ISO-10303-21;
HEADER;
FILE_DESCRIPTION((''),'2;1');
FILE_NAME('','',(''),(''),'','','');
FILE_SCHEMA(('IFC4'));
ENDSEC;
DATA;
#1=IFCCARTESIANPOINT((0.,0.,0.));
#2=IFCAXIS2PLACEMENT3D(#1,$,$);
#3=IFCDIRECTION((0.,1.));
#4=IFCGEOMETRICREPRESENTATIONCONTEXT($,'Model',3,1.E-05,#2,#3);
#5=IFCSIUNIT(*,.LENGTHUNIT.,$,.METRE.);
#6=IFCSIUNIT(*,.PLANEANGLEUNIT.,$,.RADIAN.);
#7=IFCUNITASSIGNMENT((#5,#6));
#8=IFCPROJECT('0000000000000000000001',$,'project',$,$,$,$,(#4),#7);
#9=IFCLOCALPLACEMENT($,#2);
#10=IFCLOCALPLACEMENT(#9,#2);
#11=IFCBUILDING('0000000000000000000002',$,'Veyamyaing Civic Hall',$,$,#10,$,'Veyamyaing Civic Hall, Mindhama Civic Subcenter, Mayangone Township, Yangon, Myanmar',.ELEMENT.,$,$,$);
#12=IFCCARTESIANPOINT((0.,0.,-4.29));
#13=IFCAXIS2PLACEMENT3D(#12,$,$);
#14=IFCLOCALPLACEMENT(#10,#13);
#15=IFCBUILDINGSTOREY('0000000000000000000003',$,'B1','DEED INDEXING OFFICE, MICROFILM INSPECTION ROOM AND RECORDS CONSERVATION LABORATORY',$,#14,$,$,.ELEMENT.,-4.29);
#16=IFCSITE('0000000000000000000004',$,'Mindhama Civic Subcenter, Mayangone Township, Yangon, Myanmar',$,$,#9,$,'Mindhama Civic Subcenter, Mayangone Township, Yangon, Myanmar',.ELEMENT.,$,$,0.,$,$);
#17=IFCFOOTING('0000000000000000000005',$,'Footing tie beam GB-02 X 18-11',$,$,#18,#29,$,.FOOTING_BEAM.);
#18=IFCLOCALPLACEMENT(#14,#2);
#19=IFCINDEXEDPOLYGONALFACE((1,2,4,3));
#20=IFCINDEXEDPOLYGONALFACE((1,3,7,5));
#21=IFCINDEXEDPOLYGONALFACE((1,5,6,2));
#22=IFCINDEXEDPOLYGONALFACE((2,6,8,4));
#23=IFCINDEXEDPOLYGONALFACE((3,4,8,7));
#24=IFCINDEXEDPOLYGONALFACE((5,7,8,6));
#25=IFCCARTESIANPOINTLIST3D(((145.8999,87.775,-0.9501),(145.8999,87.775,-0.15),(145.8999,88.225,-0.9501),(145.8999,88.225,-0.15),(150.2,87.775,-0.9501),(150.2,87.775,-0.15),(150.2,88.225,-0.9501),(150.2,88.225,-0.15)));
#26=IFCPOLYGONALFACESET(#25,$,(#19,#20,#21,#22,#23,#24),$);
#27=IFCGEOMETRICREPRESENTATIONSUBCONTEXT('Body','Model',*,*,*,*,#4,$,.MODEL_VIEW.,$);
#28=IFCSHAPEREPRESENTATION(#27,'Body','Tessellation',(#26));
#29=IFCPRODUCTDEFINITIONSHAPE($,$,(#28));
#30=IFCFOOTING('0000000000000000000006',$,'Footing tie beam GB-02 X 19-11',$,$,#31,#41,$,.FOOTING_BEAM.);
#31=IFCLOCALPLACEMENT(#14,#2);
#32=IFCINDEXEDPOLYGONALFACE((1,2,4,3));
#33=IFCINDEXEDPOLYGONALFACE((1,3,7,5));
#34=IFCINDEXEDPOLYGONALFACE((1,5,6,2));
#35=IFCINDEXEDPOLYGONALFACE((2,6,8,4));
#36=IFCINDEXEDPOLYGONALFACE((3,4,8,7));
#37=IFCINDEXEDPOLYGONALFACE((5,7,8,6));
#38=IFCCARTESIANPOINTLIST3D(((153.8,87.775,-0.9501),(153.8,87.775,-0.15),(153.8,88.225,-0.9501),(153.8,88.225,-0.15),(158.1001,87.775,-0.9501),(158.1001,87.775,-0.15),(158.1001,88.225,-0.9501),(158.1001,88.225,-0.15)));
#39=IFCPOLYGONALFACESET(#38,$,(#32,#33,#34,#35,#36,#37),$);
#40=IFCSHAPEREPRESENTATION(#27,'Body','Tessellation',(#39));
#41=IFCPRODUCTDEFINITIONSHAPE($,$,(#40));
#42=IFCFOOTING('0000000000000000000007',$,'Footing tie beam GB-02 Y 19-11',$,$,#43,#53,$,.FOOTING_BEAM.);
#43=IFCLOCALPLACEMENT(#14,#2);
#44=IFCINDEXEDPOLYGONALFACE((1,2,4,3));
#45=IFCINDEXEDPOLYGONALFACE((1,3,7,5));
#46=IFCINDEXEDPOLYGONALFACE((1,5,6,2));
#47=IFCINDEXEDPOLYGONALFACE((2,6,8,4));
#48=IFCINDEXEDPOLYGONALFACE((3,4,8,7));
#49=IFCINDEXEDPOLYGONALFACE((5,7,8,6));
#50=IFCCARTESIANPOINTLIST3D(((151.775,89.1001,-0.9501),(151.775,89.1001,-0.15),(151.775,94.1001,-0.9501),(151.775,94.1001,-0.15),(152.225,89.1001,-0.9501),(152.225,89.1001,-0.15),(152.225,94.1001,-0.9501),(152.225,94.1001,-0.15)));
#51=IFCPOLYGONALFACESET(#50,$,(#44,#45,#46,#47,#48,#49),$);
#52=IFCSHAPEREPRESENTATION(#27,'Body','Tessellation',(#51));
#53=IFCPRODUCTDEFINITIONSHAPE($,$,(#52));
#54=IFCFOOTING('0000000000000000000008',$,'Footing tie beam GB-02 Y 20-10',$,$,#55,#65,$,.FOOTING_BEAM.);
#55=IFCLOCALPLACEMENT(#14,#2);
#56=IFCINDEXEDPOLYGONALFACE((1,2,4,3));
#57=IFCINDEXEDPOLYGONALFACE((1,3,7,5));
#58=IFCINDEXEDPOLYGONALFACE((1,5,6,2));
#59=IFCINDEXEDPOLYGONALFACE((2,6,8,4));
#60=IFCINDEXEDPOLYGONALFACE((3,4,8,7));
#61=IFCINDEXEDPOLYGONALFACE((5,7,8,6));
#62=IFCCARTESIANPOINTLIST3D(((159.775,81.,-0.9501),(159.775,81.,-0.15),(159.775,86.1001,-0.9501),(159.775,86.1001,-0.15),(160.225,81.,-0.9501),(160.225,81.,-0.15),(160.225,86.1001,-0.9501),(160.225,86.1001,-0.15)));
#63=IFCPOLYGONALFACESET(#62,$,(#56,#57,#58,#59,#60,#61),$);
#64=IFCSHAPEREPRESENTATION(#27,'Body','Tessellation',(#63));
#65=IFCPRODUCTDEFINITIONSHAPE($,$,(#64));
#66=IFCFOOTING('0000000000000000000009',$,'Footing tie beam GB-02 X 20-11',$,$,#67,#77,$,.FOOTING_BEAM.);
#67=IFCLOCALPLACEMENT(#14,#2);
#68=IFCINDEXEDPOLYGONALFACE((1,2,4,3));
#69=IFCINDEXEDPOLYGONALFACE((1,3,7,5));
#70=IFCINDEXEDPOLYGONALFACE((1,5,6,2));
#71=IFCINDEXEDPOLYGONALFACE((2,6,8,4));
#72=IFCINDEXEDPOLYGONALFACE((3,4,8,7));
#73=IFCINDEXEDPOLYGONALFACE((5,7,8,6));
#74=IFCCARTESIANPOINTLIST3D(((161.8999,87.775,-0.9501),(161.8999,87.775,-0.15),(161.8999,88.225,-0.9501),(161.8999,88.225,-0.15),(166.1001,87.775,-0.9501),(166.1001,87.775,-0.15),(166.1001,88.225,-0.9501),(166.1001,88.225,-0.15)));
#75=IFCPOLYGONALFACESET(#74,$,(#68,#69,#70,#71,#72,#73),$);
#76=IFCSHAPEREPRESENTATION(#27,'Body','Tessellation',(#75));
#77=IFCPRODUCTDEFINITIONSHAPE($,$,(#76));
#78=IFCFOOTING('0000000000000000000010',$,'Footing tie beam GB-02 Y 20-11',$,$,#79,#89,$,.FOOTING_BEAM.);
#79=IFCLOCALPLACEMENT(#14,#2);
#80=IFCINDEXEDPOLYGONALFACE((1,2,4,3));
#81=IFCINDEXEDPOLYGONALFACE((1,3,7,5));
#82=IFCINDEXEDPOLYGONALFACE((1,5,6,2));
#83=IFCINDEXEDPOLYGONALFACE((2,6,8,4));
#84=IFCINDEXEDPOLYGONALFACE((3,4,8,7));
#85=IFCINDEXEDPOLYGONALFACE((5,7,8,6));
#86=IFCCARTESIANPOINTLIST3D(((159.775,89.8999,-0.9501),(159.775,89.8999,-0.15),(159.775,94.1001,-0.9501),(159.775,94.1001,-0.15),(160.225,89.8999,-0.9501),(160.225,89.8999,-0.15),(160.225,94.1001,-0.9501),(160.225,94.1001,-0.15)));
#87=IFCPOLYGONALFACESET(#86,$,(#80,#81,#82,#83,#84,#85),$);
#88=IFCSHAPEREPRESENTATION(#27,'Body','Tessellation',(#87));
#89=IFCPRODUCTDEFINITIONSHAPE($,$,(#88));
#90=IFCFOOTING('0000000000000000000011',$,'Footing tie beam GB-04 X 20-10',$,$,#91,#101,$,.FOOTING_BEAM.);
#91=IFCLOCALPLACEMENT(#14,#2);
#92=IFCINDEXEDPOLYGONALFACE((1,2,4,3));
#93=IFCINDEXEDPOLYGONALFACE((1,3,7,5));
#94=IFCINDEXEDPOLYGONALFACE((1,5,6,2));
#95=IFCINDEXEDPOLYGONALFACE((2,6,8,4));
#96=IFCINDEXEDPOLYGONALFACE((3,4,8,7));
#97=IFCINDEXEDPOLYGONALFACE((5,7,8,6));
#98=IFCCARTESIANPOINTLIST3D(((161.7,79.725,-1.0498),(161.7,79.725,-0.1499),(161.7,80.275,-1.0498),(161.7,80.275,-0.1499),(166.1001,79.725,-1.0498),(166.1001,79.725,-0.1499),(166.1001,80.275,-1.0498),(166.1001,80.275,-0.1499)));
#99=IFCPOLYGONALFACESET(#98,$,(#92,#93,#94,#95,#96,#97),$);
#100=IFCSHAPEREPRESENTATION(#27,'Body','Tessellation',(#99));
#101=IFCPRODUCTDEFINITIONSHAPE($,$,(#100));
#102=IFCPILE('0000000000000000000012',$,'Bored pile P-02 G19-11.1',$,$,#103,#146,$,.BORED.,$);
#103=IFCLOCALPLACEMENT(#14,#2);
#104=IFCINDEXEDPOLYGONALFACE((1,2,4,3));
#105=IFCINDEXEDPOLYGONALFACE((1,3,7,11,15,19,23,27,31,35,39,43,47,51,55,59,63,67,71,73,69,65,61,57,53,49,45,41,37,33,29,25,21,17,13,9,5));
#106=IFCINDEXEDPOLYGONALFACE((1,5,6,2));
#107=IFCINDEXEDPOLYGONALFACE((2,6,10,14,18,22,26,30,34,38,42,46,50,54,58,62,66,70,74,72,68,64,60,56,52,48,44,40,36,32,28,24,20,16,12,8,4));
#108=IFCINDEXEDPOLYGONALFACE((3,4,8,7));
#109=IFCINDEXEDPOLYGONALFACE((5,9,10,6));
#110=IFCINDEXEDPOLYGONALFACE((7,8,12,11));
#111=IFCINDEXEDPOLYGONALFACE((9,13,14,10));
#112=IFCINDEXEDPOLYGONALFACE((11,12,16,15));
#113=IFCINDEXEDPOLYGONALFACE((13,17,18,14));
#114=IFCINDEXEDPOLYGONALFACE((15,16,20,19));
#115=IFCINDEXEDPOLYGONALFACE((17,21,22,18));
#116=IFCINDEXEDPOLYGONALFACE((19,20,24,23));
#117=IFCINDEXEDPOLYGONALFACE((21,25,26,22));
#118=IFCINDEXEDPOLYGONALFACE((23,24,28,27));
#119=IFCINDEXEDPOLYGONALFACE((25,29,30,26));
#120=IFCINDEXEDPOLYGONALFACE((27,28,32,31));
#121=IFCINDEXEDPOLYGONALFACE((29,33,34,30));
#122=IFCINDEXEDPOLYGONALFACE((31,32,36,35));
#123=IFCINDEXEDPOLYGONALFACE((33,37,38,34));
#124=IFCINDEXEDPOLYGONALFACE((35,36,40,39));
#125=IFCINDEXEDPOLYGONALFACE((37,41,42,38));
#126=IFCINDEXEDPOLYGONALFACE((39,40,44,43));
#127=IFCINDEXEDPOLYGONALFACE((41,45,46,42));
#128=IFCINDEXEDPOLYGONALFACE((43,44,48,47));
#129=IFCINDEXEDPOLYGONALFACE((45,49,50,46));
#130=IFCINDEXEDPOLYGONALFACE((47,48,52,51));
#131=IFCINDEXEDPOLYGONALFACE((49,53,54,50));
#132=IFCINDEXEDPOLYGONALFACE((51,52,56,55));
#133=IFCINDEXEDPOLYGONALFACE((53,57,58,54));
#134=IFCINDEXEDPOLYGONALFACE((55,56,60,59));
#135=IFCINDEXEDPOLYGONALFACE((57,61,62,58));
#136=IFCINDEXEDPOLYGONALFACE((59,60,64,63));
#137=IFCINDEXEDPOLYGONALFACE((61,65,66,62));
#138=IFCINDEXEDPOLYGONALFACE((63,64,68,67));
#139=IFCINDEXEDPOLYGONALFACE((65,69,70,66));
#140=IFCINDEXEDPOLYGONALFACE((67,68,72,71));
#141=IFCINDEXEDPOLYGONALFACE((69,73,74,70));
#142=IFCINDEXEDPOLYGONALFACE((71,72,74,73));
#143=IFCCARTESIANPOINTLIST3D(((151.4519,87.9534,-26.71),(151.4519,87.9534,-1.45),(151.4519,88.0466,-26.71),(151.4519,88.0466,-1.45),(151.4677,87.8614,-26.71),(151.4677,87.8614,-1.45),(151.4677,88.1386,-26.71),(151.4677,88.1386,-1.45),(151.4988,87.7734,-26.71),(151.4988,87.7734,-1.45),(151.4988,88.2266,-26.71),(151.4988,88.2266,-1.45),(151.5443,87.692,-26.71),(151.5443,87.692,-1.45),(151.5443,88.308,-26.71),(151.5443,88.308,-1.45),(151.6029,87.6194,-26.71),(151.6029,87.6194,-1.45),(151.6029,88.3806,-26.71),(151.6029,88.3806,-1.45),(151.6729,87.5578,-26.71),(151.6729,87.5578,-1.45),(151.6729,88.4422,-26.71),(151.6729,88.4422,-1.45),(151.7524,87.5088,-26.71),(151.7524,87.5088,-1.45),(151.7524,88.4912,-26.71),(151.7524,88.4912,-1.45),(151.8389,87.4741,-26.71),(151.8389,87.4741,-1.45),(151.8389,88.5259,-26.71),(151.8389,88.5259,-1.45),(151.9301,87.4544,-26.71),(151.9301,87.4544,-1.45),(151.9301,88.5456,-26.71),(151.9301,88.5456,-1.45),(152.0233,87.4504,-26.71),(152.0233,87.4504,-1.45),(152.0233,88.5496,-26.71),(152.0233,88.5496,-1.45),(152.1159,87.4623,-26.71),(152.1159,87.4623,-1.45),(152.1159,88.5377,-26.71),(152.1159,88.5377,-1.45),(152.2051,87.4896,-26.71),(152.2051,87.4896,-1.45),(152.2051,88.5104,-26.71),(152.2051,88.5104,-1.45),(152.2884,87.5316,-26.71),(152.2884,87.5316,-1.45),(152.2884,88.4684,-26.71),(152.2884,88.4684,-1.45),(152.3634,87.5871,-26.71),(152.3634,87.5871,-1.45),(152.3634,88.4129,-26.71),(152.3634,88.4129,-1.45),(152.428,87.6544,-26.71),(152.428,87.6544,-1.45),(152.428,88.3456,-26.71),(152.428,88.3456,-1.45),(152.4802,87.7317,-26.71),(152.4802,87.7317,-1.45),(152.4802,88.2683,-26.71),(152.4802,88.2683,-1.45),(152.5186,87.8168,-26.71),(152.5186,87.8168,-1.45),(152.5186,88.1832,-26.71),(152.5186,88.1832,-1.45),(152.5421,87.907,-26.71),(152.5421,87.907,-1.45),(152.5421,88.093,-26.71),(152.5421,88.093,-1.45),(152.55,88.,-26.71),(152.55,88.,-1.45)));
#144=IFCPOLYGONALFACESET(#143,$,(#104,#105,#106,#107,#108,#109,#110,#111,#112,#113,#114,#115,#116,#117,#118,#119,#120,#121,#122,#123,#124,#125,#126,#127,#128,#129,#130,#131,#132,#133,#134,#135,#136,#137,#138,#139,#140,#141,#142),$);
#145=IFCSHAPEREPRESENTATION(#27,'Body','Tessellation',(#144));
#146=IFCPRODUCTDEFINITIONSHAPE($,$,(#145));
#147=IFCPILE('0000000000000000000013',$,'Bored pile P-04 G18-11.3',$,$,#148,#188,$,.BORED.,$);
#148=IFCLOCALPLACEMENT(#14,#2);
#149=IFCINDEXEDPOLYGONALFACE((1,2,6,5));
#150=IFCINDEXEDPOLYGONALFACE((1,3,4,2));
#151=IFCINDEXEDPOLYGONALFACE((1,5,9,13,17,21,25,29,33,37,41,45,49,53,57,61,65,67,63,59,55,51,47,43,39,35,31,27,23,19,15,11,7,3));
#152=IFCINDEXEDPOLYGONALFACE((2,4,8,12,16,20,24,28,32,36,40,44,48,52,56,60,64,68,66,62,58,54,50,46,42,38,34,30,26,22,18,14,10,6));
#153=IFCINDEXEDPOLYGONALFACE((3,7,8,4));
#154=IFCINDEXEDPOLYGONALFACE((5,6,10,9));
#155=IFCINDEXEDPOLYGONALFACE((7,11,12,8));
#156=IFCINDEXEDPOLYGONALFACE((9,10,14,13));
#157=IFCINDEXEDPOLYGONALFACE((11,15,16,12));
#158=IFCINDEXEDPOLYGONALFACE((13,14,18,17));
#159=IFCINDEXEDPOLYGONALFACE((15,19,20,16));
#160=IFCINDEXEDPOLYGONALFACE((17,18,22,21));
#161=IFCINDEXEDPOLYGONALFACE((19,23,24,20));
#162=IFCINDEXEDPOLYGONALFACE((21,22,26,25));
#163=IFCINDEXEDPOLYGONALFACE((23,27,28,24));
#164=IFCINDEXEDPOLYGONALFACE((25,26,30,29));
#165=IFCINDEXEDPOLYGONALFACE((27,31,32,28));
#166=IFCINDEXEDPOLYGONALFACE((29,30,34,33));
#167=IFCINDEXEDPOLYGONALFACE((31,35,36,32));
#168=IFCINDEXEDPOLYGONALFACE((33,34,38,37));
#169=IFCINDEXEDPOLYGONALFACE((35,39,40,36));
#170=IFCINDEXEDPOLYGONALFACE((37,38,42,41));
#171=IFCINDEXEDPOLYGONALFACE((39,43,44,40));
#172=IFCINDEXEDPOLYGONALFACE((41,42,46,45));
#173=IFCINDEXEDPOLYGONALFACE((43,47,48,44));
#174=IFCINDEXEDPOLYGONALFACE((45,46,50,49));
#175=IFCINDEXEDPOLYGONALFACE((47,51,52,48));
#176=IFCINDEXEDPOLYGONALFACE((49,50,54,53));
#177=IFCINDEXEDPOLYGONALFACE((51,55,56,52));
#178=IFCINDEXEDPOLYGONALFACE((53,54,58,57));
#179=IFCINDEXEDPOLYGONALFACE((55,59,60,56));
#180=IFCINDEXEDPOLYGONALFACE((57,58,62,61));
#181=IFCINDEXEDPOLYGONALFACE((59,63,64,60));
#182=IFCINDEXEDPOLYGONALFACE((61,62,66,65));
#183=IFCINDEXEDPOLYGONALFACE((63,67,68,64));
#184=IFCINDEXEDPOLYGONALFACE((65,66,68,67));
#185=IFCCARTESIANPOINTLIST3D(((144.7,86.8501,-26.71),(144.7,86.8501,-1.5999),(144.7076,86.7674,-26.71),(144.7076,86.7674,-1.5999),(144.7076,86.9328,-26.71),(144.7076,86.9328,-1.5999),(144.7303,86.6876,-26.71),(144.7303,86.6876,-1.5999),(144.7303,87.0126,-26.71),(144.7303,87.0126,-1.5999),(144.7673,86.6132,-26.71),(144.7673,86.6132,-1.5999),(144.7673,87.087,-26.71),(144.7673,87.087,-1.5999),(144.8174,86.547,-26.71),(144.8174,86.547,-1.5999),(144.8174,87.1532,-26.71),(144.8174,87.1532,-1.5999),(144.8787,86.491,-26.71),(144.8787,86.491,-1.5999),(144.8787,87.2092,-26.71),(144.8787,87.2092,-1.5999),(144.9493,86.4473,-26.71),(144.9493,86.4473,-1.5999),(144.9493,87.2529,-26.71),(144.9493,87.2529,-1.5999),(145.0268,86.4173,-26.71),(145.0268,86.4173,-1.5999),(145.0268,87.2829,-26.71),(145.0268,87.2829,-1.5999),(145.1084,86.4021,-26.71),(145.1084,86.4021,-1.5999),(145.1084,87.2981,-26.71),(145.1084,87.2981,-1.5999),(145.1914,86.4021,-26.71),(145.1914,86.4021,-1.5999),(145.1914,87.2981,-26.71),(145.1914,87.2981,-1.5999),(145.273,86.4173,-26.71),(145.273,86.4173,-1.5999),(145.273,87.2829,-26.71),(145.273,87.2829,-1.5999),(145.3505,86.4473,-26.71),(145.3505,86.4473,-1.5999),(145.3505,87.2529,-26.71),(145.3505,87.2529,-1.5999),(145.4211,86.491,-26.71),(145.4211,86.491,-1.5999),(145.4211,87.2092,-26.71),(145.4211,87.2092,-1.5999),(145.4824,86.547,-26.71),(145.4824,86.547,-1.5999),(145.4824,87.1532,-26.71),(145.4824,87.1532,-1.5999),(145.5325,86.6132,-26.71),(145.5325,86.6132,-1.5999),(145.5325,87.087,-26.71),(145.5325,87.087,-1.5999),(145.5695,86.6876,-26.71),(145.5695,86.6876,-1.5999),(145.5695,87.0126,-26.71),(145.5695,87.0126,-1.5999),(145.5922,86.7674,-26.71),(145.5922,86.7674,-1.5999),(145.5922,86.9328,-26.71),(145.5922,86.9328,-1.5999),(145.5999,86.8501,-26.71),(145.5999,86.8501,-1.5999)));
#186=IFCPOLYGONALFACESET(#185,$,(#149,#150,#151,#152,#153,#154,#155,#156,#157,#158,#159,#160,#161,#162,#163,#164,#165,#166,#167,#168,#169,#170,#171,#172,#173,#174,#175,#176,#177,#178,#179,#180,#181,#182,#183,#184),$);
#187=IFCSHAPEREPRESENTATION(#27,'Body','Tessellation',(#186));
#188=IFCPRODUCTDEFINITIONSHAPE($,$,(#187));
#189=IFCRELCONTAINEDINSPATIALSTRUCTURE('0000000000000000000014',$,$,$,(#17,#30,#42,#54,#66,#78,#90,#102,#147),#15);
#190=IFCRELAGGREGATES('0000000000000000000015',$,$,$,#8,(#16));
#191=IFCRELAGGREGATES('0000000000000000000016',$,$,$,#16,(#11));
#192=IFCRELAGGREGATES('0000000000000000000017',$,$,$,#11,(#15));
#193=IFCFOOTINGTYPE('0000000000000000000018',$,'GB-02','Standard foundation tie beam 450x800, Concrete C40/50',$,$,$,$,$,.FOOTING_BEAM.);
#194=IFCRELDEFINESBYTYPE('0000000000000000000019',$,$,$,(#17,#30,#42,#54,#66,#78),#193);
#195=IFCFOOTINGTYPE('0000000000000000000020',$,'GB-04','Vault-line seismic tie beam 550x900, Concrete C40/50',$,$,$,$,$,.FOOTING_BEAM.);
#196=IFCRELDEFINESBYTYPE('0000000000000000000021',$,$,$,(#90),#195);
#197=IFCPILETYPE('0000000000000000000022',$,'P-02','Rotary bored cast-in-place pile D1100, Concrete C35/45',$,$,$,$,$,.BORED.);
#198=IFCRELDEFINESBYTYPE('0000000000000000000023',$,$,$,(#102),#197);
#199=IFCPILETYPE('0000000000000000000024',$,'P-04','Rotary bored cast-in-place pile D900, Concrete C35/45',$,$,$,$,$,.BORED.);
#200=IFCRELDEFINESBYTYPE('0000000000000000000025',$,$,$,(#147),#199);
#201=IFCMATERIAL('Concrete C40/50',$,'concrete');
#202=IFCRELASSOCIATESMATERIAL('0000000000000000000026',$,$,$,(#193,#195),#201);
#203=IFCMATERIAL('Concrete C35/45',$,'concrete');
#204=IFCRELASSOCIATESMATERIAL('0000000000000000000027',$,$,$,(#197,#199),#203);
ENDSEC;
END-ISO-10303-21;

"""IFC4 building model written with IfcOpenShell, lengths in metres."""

from ifc_helpers import new_model, si_unit, direction, frame, origin, origin_2d, place, context, subcontext, project, spatial, rectangle, circle, extrude, material, material_profile, profile_set, type_object, element, save


model = new_model("IFC4")

# Units and contexts
model_context = context("Model", 3, precision=1e-05, world=origin(), true_north=direction((0.0, 1.0)))
body_context = subcontext(model_context, "Body", "Model", "MODEL_VIEW")
ifc_project = project(units=[si_unit("LENGTHUNIT", "METRE"), si_unit("PLANEANGLEUNIT", "RADIAN")], contexts=[model_context])

# Site, building, storey
site_placement = place(None, origin())
site = spatial("IfcSite", under=ifc_project, at=site_placement, Name="Mindhama Civic Subcenter, Mayangone Township, Yangon, Myanmar", LongName="Mindhama Civic Subcenter, Mayangone Township, Yangon, Myanmar", CompositionType="ELEMENT", RefElevation=0.0)
building_placement = place(site_placement, origin())
building = spatial("IfcBuilding", under=site, at=building_placement, Name="Veyamyaing Civic Hall", LongName="Veyamyaing Civic Hall, Mindhama Civic Subcenter, Mayangone Township, Yangon, Myanmar", CompositionType="ELEMENT")
storey_placement = place(building_placement, frame((0.0, 0.0, -4.29)))
storey = spatial("IfcBuildingStorey", under=building, at=storey_placement, Name="B1", Description="DEED INDEXING OFFICE, MICROFILM INSPECTION ROOM AND RECORDS CONSERVATION LABORATORY", CompositionType="ELEMENT", Elevation=-4.29)

# Footings
ifc_material_1 = material(Name="Concrete C40/50", Category="concrete")
ifc_material_profile_1 = material_profile(ifc_material_1, rectangle(XDim=0.45, YDim=0.8, at=origin_2d()), Name="GB-450X800")
ifc_profile_set_1 = profile_set([ifc_material_profile_1], Name="Concrete C40/50")
footing_type_1 = type_object("IfcFootingType", Name="GB-02", Description="Standard foundation tie beam 450x800, Concrete C40/50", PredefinedType="FOOTING_BEAM", material=ifc_profile_set_1)
for number, where, z_axis, x_axis, name in (
    (1, (145.8999, 88.0, -0.55), (1.0, 0.0, 0.0), (0.0, 1.0, 0.0), "Footing tie beam GB-02 X 18-11"),
    (2, (153.8, 88.0, -0.55), (1.0, 0.0, 0.0), (0.0, 1.0, 0.0), "Footing tie beam GB-02 X 19-11"),
):
    element("IfcFooting", number, at=place(storey_placement, frame(where, z_axis=z_axis, x_axis=x_axis)), inside=storey, type_object=footing_type_1, Name=name, PredefinedType="FOOTING_BEAM", context=body_context, shape_type="SweptSolid", body=[
        extrude(rectangle(XDim=0.45, YDim=0.8, at=origin_2d()), origin(), (0.0, 0.0, 1.0), 4.3),
    ])
footing_1_placement = place(storey_placement, frame((152.0, 89.1001, -0.55), z_axis=(0.0, 1.0, 0.0), x_axis=(-1.0, 0.0, 0.0)))
element("IfcFooting", 3, at=footing_1_placement, inside=storey, type_object=footing_type_1, Name="Footing tie beam GB-02 Y 19-11", PredefinedType="FOOTING_BEAM", context=body_context, shape_type="SweptSolid", body=[
    extrude(rectangle(XDim=0.45, YDim=0.8, at=origin_2d()), origin(), (0.0, 0.0, 1.0), 5.0),
])
footing_2_placement = place(storey_placement, frame((160.0, 81.0, -0.55), z_axis=(0.0, 1.0, 0.0), x_axis=(-1.0, 0.0, 0.0)))
element("IfcFooting", 4, at=footing_2_placement, inside=storey, type_object=footing_type_1, Name="Footing tie beam GB-02 Y 20-10", PredefinedType="FOOTING_BEAM", context=body_context, shape_type="SweptSolid", body=[
    extrude(rectangle(XDim=0.45, YDim=0.8, at=origin_2d()), origin(), (0.0, 0.0, 1.0), 5.1001),
])
for number, where, z_axis, x_axis, name in (
    (5, (161.8999, 88.0, -0.55), (1.0, 0.0, 0.0), (0.0, 1.0, 0.0), "Footing tie beam GB-02 X 20-11"),
    (6, (160.0, 89.8999, -0.55), (0.0, 1.0, 0.0), (-1.0, 0.0, 0.0), "Footing tie beam GB-02 Y 20-11"),
):
    element("IfcFooting", number, at=place(storey_placement, frame(where, z_axis=z_axis, x_axis=x_axis)), inside=storey, type_object=footing_type_1, Name=name, PredefinedType="FOOTING_BEAM", context=body_context, shape_type="SweptSolid", body=[
        extrude(rectangle(XDim=0.45, YDim=0.8, at=origin_2d()), origin(), (0.0, 0.0, 1.0), 4.2002),
    ])
ifc_material_profile_2 = material_profile(ifc_material_1, rectangle(XDim=0.55, YDim=0.8999, at=origin_2d()), Name="GB-550X900")
ifc_profile_set_2 = profile_set([ifc_material_profile_2], Name="Concrete C40/50")
footing_type_2 = type_object("IfcFootingType", Name="GB-04", Description="Vault-line seismic tie beam 550x900, Concrete C40/50", PredefinedType="FOOTING_BEAM", material=ifc_profile_set_2)
footing_3_placement = place(storey_placement, frame((161.7, 80.0, -0.5999), z_axis=(1.0, 0.0, 0.0), x_axis=(0.0, 1.0, 0.0)))
element("IfcFooting", 7, at=footing_3_placement, inside=storey, type_object=footing_type_2, Name="Footing tie beam GB-04 X 20-10", PredefinedType="FOOTING_BEAM", context=body_context, shape_type="SweptSolid", body=[
    extrude(rectangle(XDim=0.55, YDim=0.8999, at=origin_2d()), origin(), (0.0, 0.0, 1.0), 4.4001),
])

# Piles
ifc_material_2 = material(Name="Concrete C35/45", Category="concrete")
ifc_material_profile_3 = material_profile(ifc_material_2, circle(Radius=0.55, at=origin_2d()), Name="PILE-D1100")
ifc_profile_set_3 = profile_set([ifc_material_profile_3], Name="Concrete C35/45")
pile_type_1 = type_object("IfcPileType", Name="P-02", Description="Rotary bored cast-in-place pile D1100, Concrete C35/45", PredefinedType="BORED", material=ifc_profile_set_3)
pile_1_placement = place(storey_placement, frame((152.0, 88.0, -1.45), z_axis=(0.0, 0.0, -1.0), x_axis=(1.0, 0.0, 0.0)))
element("IfcPile", 8, at=pile_1_placement, inside=storey, type_object=pile_type_1, Name="Bored pile P-02 G19-11.1", PredefinedType="BORED", context=body_context, shape_type="SweptSolid", body=[
    extrude(circle(Radius=0.55, at=origin_2d()), origin(), (0.0, 0.0, 1.0), 25.26),
])
ifc_material_profile_4 = material_profile(ifc_material_2, circle(Radius=0.45, at=origin_2d()), Name="PILE-D900")
ifc_profile_set_4 = profile_set([ifc_material_profile_4], Name="Concrete C35/45")
pile_type_2 = type_object("IfcPileType", Name="P-04", Description="Rotary bored cast-in-place pile D900, Concrete C35/45", PredefinedType="BORED", material=ifc_profile_set_4)
for number, where, z_axis, x_axis, name in (
    (9, (145.1499, 86.8501, -1.5999), (0.0, 0.0, -1.0), (1.0, 0.0, 0.0), "Bored pile P-04 G18-11.3"),
):
    element("IfcPile", number, at=place(storey_placement, frame(where, z_axis=z_axis, x_axis=x_axis)), inside=storey, type_object=pile_type_2, Name=name, PredefinedType="BORED", context=body_context, shape_type="SweptSolid", body=[
        extrude(circle(Radius=0.45, at=origin_2d()), origin(), (0.0, 0.0, 1.0), 25.1101),
    ])

save(model, "model.ifc")
